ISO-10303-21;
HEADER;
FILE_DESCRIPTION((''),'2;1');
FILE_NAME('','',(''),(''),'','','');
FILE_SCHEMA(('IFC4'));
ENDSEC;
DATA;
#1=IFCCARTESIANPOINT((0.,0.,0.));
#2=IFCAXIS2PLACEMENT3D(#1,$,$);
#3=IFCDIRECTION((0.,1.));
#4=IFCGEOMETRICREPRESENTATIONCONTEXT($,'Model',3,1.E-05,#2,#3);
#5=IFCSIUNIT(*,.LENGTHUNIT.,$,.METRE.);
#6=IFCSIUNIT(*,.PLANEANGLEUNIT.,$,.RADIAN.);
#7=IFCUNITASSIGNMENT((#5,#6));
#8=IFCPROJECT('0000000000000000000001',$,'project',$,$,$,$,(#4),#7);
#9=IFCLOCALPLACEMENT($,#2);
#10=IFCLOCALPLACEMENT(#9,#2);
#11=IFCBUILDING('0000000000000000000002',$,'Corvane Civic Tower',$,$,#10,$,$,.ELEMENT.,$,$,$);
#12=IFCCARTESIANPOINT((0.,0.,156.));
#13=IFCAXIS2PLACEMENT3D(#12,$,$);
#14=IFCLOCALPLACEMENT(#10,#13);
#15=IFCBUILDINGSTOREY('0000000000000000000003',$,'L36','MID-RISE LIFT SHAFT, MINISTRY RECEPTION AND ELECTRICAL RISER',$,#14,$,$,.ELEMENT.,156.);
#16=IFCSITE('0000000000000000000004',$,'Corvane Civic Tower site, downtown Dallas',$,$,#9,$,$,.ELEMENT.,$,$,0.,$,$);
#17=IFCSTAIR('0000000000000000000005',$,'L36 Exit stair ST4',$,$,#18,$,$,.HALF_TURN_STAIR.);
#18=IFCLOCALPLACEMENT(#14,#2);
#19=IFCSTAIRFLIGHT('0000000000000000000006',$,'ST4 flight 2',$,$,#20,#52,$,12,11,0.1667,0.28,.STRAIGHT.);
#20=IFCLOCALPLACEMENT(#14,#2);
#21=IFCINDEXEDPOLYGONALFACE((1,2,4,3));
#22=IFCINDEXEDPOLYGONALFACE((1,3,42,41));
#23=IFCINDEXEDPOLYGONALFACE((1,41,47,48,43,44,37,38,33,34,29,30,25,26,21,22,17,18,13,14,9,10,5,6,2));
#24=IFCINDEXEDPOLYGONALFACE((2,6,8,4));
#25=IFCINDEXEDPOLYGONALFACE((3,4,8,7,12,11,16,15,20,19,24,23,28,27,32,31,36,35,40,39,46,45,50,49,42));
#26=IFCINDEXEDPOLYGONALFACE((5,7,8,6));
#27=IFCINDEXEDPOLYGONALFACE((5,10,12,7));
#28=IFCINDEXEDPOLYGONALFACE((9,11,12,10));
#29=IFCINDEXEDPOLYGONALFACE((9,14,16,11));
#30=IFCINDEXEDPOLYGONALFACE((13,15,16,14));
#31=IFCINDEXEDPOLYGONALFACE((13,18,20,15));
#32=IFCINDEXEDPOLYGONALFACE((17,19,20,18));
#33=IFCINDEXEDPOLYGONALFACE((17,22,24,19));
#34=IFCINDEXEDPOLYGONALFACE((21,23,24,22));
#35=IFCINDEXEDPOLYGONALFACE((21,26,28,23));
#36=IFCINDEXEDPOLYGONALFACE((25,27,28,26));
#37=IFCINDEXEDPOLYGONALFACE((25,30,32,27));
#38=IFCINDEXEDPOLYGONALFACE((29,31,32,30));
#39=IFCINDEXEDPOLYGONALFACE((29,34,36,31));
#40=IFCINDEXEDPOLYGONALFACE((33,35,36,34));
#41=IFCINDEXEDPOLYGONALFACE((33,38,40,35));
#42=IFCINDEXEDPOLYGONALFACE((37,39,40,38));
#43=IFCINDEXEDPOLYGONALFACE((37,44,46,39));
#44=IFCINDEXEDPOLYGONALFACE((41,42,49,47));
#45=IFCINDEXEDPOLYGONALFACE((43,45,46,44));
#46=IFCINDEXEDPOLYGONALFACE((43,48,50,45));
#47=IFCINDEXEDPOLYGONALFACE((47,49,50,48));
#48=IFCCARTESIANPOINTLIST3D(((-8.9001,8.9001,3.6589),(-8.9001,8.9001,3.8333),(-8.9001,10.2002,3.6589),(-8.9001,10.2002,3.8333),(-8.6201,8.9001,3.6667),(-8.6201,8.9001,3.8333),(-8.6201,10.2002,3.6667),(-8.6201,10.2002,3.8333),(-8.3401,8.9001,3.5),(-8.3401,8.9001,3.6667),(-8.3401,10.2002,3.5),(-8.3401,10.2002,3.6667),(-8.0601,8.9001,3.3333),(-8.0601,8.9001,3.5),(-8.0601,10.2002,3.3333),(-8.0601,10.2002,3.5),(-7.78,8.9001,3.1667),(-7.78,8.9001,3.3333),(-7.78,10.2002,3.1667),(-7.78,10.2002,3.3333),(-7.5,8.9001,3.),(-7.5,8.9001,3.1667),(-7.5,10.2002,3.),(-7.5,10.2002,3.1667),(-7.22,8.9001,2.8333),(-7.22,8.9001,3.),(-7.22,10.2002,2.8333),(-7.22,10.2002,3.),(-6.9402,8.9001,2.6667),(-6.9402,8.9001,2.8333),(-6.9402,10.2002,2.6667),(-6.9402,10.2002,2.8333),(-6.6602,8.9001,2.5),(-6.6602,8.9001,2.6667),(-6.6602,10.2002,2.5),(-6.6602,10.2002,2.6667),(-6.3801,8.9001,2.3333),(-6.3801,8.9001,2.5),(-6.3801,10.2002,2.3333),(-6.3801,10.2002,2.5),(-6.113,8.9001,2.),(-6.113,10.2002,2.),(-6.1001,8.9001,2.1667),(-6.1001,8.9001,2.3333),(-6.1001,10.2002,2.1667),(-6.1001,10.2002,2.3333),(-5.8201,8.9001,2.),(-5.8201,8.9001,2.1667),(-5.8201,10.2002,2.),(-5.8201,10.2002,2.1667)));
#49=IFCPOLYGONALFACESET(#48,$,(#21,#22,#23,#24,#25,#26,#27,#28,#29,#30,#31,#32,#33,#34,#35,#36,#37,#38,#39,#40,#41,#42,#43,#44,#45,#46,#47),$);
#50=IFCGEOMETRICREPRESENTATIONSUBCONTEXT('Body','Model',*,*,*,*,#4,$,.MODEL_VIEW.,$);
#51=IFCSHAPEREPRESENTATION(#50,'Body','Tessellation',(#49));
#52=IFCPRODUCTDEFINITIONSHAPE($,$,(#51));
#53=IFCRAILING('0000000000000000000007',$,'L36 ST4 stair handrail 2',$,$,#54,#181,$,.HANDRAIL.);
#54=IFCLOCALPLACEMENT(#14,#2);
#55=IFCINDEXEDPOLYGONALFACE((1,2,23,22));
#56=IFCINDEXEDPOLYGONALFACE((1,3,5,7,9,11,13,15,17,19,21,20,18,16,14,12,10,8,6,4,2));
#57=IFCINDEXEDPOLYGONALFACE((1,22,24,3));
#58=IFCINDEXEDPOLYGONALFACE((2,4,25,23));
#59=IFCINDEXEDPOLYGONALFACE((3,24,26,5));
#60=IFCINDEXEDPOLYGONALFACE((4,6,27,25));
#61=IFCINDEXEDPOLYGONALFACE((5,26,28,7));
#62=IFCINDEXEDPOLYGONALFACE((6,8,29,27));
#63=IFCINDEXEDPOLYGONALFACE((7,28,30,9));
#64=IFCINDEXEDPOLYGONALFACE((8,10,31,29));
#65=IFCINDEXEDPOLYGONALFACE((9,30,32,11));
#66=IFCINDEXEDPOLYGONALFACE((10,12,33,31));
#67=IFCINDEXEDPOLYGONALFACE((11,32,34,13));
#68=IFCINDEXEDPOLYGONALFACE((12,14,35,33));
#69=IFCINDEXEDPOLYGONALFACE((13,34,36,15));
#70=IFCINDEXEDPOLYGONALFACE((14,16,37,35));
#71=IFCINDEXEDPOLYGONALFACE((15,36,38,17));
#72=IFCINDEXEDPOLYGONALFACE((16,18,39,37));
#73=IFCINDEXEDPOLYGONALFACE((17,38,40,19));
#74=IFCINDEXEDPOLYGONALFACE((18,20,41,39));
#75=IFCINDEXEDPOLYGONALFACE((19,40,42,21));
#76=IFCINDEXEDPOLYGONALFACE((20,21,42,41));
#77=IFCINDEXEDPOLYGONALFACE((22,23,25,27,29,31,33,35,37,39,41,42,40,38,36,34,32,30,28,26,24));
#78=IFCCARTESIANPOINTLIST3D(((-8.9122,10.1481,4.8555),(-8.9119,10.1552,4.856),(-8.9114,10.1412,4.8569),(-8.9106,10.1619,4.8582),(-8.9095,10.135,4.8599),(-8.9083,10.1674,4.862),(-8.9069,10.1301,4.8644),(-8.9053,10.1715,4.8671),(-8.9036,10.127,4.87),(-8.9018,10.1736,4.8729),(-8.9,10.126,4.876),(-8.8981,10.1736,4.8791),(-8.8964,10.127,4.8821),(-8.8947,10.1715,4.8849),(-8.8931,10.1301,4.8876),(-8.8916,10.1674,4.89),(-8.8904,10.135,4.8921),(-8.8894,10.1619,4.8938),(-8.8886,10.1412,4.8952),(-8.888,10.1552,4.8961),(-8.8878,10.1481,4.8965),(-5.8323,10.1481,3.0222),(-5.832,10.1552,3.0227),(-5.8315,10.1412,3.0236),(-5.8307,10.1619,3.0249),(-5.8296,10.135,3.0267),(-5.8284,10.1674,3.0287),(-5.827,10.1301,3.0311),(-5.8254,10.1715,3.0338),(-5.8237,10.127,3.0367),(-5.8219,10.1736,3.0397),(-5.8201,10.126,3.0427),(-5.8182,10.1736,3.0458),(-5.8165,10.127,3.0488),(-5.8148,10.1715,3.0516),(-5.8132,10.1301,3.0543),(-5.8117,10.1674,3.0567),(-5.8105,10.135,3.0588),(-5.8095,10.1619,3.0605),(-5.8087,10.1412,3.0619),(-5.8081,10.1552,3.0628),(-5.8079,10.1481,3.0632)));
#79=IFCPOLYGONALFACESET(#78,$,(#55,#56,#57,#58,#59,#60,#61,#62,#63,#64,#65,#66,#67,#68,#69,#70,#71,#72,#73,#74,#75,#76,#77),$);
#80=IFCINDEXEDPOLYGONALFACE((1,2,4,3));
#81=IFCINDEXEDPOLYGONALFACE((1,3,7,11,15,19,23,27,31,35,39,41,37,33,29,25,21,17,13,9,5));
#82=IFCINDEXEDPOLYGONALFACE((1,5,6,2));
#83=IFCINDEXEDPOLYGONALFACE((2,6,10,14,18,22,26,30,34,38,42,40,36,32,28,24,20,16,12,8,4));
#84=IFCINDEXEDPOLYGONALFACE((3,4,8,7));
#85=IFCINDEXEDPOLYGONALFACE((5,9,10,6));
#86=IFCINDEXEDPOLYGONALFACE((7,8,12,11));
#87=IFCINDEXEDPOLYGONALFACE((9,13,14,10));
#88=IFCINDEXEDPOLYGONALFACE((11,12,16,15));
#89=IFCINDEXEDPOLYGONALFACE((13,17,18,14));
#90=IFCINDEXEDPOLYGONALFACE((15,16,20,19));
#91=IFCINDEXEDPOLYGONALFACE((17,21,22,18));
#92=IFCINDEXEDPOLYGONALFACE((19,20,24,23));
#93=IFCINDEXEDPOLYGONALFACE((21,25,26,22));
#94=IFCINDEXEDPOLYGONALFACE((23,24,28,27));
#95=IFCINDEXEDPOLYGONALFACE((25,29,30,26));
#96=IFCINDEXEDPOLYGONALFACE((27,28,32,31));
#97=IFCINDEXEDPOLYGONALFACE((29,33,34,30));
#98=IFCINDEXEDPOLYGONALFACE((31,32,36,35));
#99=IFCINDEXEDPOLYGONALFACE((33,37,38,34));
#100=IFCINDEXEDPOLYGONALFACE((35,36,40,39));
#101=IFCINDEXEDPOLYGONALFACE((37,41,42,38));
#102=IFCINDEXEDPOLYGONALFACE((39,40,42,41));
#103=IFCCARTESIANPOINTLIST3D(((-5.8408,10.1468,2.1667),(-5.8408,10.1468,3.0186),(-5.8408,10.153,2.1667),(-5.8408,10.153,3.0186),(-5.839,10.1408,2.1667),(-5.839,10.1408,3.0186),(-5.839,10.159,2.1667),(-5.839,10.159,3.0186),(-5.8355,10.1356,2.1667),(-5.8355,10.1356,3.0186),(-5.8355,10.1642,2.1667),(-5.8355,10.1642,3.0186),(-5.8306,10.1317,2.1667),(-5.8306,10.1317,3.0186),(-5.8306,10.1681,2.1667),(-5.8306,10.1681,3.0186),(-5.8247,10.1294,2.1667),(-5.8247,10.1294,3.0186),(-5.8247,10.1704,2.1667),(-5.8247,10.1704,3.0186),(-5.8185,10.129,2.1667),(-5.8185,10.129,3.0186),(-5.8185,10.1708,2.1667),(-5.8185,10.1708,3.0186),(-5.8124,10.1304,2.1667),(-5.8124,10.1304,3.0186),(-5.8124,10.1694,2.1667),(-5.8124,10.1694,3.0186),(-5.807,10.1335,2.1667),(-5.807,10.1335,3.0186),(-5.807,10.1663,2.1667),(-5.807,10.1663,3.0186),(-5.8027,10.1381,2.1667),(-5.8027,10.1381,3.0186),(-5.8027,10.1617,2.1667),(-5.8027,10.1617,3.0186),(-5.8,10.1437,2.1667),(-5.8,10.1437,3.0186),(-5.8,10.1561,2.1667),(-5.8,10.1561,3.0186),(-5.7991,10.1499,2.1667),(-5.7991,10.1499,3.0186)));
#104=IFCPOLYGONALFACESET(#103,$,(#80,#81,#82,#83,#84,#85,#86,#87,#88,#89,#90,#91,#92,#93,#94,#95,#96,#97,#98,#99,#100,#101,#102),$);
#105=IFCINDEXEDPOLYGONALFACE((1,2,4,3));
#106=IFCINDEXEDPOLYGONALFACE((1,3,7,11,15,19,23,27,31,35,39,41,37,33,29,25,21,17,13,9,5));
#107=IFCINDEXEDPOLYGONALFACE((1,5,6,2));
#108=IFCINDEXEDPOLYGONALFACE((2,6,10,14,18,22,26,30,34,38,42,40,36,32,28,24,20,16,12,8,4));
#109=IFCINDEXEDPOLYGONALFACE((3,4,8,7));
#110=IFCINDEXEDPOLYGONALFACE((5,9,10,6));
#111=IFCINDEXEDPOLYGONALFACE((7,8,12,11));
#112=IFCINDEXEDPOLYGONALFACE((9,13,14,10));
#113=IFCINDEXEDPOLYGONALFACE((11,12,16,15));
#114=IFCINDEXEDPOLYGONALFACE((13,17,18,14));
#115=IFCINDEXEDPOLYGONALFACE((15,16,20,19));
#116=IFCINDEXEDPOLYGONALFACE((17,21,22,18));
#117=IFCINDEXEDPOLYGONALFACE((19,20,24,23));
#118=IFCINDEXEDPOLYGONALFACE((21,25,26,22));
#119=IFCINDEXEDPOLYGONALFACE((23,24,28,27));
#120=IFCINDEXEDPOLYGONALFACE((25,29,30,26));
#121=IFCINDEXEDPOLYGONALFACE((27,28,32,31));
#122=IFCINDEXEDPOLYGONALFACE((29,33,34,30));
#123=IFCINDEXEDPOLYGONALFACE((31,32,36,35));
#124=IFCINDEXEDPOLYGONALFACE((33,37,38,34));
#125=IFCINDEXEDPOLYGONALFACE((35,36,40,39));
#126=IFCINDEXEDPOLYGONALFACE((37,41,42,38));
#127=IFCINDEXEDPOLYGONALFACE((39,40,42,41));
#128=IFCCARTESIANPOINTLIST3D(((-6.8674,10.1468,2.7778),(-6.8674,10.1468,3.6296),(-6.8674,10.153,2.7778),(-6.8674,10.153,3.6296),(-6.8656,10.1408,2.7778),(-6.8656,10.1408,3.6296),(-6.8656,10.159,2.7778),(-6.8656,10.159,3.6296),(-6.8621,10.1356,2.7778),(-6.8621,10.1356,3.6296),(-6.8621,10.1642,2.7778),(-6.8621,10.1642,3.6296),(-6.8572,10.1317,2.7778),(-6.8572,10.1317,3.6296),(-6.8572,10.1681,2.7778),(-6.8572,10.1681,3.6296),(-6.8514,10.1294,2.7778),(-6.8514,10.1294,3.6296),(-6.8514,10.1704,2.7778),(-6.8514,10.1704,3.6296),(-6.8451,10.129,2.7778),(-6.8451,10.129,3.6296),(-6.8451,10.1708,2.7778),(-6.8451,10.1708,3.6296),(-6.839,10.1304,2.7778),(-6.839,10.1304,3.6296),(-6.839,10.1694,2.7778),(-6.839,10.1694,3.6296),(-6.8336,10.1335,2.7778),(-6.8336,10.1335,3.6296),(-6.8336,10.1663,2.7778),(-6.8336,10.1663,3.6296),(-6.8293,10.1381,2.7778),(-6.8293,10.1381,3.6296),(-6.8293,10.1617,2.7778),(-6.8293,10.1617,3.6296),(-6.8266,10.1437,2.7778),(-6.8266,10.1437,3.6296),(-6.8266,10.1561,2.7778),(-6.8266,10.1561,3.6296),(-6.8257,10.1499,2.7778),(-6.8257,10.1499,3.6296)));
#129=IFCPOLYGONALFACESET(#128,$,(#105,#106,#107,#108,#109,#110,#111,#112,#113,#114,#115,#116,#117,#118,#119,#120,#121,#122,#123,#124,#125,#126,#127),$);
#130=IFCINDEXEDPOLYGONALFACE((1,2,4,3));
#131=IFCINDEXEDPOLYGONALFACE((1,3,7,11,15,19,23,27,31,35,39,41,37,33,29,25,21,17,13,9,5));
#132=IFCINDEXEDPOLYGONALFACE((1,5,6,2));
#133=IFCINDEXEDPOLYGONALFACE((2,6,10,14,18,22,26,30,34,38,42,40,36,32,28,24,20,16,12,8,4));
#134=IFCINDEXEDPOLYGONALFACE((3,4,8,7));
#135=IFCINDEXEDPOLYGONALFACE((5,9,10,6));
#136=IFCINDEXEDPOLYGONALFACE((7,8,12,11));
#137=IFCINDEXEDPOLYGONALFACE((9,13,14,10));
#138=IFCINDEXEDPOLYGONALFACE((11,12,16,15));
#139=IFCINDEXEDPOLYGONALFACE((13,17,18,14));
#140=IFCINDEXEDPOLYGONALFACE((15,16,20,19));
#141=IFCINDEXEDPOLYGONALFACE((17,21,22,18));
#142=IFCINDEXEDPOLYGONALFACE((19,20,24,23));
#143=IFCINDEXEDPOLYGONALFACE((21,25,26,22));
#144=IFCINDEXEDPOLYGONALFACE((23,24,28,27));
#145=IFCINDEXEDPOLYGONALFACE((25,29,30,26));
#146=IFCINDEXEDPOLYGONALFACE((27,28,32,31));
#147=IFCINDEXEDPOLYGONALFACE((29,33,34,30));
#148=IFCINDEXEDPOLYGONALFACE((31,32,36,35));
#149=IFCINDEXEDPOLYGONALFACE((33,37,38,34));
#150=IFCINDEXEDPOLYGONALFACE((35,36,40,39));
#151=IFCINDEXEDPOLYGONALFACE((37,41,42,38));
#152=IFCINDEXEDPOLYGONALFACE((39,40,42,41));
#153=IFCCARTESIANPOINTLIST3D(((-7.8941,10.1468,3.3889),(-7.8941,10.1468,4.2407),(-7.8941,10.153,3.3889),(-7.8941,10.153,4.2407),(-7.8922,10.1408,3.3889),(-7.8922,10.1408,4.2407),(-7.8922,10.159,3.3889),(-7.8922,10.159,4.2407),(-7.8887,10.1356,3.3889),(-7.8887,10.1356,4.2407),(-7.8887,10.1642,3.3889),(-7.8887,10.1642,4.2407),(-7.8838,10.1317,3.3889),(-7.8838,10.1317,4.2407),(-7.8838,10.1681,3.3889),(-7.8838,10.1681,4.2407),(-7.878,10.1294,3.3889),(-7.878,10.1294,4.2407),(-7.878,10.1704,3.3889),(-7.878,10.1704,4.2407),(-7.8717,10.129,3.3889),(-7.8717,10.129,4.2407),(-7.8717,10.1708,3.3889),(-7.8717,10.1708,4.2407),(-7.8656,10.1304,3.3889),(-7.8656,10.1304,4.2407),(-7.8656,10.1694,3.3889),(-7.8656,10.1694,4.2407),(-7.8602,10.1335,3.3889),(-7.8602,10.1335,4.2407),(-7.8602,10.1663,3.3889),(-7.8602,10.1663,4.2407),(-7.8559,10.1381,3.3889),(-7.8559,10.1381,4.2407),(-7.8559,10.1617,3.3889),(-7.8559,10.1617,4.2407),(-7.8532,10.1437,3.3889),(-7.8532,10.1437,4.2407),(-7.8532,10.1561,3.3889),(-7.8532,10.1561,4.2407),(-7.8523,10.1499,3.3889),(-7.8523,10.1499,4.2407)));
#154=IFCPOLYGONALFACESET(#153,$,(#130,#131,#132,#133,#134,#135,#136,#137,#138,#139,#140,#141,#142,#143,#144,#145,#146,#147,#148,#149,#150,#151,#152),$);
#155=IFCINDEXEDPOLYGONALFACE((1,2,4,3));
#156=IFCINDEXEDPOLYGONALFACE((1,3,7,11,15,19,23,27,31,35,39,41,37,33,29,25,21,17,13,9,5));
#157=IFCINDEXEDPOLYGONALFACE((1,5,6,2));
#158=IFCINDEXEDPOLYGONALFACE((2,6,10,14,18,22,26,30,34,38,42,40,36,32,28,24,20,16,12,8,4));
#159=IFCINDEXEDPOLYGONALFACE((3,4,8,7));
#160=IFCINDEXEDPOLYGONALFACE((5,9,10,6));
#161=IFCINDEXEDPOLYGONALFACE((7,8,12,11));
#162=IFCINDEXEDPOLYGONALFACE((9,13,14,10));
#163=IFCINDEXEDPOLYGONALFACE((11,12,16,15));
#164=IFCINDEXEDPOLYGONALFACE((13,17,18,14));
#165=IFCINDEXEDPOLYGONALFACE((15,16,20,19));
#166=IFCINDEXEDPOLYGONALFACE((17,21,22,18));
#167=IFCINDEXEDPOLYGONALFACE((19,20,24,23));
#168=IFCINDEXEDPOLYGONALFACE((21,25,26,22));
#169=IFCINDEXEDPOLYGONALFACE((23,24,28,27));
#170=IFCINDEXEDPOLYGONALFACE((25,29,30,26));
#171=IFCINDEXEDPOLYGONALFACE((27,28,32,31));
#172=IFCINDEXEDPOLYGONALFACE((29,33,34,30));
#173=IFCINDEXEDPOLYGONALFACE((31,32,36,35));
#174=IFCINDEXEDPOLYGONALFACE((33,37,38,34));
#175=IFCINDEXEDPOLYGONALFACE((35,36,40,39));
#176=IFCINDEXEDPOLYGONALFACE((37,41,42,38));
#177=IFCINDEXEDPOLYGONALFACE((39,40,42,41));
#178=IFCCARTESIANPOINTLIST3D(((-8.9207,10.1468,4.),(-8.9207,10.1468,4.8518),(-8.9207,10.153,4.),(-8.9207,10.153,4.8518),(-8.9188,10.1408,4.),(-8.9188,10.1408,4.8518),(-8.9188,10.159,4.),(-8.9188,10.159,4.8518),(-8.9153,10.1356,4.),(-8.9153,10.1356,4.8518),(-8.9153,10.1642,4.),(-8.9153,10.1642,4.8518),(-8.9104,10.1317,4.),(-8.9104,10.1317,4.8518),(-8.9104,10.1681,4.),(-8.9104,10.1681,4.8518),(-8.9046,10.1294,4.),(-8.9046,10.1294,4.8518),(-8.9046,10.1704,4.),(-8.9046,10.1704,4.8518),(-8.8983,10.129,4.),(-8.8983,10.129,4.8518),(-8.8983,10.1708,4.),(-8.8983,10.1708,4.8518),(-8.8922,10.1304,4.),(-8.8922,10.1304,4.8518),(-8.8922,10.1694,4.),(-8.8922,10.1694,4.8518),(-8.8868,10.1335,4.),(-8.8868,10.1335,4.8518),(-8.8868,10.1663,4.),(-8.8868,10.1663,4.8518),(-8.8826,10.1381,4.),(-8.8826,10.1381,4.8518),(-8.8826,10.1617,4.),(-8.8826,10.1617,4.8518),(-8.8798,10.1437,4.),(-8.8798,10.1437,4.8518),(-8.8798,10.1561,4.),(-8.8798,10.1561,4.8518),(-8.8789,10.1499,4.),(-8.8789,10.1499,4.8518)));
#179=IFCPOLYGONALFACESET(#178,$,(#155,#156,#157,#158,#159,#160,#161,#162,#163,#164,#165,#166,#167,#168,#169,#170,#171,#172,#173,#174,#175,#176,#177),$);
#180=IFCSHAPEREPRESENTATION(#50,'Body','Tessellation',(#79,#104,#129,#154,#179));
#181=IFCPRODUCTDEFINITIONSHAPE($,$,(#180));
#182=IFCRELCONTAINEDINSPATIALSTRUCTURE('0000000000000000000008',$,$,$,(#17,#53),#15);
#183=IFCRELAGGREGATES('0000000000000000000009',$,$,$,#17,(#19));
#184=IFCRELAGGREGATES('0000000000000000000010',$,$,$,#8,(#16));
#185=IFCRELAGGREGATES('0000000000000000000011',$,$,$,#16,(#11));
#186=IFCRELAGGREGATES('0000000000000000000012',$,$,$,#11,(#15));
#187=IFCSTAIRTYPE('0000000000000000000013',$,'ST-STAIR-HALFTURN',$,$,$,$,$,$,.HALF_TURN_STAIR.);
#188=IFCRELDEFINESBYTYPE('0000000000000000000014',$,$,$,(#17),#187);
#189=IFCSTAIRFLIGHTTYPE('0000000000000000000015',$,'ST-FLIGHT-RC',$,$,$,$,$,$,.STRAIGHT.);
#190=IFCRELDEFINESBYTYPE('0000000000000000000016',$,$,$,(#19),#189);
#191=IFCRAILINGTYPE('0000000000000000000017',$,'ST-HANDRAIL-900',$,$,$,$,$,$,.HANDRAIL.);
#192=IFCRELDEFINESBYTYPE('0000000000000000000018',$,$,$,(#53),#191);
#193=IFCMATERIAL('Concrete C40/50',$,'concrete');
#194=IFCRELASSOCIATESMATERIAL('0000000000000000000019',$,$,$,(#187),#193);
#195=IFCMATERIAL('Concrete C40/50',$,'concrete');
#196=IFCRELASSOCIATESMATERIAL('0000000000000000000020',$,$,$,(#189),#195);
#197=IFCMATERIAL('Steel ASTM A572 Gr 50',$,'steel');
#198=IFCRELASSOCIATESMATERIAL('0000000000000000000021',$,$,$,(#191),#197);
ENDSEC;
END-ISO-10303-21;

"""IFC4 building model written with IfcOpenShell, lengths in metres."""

from ifc_helpers import new_model, si_unit, direction, frame, origin, origin_2d, place, context, subcontext, project, spatial, polyline, circle, outline, extrude, material, type_object, element, aggregate, save


model = new_model("IFC4")

# Units and contexts
model_context = context("Model", 3, precision=1e-05, world=origin(), true_north=direction((0.0, 1.0)))
body_context = subcontext(model_context, "Body", "Model", "MODEL_VIEW")
ifc_project = project(units=[si_unit("LENGTHUNIT", "METRE"), si_unit("PLANEANGLEUNIT", "RADIAN")], contexts=[model_context])

# Site, building, storey
site_placement = place(None, origin())
site = spatial("IfcSite", under=ifc_project, at=site_placement, Name="Corvane Civic Tower site, downtown Dallas", CompositionType="ELEMENT", RefElevation=0.0)
building_placement = place(site_placement, origin())
building = spatial("IfcBuilding", under=site, at=building_placement, Name="Corvane Civic Tower", CompositionType="ELEMENT")
storey_placement = place(building_placement, frame((0.0, 0.0, 156.0)))
storey = spatial("IfcBuildingStorey", under=building, at=storey_placement, Name="L36", Description="MID-RISE LIFT SHAFT, MINISTRY RECEPTION AND ELECTRICAL RISER", CompositionType="ELEMENT", Elevation=156.0)

# Stair, stair flight
ifc_material_1 = material(Name="Concrete C40/50", Category="concrete")
stair_type = type_object("IfcStairType", Name="ST-STAIR-HALFTURN", PredefinedType="HALF_TURN_STAIR", material=ifc_material_1)
stair_placement = place(storey_placement, origin())
stair = element("IfcStair", 1, at=stair_placement, inside=storey, type_object=stair_type, Name="L36 Exit stair ST4", PredefinedType="HALF_TURN_STAIR")
ifc_material_2 = material(Name="Concrete C40/50", Category="concrete")
stair_flight_type = type_object("IfcStairFlightType", Name="ST-FLIGHT-RC", PredefinedType="STRAIGHT", material=ifc_material_2)
stair_flight_placement = place(storey_placement, frame((-5.8201, 9.55, 2.0), z_axis=(0.0, 0.0, 1.0), x_axis=(-1.0, 0.0, 0.0)))
stair_flight = element("IfcStairFlight", 2, at=stair_flight_placement, type_object=stair_flight_type, Name="ST4 flight 2", NumberOfRisers=12, NumberOfTreads=11, PredefinedType="STRAIGHT", RiserHeight=0.1667, TreadLength=0.28, context=body_context, shape_type="SweptSolid", body=[
    extrude(outline(polyline([(0.0, 0.0), (0.0, 0.1667), (0.28, 0.1667), (0.28, 0.3333), (0.5601, 0.3333), (0.5601, 0.5), (0.8401, 0.5), (0.8401, 0.6667), (1.1201, 0.6667), (1.1201, 0.8333), (1.3999, 0.8333), (1.3999, 1.0), (1.6799, 1.0), (1.6799, 1.1667), (1.96, 1.1667), (1.96, 1.3333), (2.24, 1.3333), (2.24, 1.5), (2.52, 1.5), (2.52, 1.6667), (2.8, 1.6667), (2.8, 1.8333), (3.0801, 1.8333), (3.0801, 2.0), (3.0801, 1.6589), (0.293, 0.0), (0.0, 0.0)])), frame((0.0, 0.6499, 0.0), z_axis=(0.0, -1.0, 0.0), x_axis=(1.0, 0.0, 0.0)), (0.0, 0.0, 1.0), 1.3),
])
aggregate(stair, [stair_flight])

# Railing
ifc_material_3 = material(Name="Steel ASTM A572 Gr 50", Category="steel")
railing_type_1 = type_object("IfcRailingType", Name="ST-HANDRAIL-900", PredefinedType="HANDRAIL", material=ifc_material_3)
railing_1_placement = place(storey_placement, frame((-5.8201, 10.1499, 2.1667)))
element("IfcRailing", 3, at=railing_1_placement, inside=storey, type_object=railing_type_1, Name="L36 ST4 stair handrail 2", PredefinedType="HANDRAIL", context=body_context, shape_type="SweptSolid", body=[
    extrude(circle(Radius=0.0239, at=origin_2d()), frame((0.0, 0.0, 0.876), z_axis=(-0.859291, 0.0, 0.511487), x_axis=(0.0, -1.0, 0.0)), (0.0, 0.0, 1.0), 3.5842),
    extrude(circle(Radius=0.021, at=origin_2d()), origin(), (0.0, 0.0, 1.0), 0.8518),
    extrude(circle(Radius=0.021, at=origin_2d()), frame((-1.0266, 0.0, 0.6111)), (0.0, 0.0, 1.0), 0.8518),
    extrude(circle(Radius=0.021, at=origin_2d()), frame((-2.0532, 0.0, 1.2222)), (0.0, 0.0, 1.0), 0.8518),
    extrude(circle(Radius=0.021, at=origin_2d()), frame((-3.0798, 0.0, 1.8333)), (0.0, 0.0, 1.0), 0.8518),
])

save(model, "model.ifc")
